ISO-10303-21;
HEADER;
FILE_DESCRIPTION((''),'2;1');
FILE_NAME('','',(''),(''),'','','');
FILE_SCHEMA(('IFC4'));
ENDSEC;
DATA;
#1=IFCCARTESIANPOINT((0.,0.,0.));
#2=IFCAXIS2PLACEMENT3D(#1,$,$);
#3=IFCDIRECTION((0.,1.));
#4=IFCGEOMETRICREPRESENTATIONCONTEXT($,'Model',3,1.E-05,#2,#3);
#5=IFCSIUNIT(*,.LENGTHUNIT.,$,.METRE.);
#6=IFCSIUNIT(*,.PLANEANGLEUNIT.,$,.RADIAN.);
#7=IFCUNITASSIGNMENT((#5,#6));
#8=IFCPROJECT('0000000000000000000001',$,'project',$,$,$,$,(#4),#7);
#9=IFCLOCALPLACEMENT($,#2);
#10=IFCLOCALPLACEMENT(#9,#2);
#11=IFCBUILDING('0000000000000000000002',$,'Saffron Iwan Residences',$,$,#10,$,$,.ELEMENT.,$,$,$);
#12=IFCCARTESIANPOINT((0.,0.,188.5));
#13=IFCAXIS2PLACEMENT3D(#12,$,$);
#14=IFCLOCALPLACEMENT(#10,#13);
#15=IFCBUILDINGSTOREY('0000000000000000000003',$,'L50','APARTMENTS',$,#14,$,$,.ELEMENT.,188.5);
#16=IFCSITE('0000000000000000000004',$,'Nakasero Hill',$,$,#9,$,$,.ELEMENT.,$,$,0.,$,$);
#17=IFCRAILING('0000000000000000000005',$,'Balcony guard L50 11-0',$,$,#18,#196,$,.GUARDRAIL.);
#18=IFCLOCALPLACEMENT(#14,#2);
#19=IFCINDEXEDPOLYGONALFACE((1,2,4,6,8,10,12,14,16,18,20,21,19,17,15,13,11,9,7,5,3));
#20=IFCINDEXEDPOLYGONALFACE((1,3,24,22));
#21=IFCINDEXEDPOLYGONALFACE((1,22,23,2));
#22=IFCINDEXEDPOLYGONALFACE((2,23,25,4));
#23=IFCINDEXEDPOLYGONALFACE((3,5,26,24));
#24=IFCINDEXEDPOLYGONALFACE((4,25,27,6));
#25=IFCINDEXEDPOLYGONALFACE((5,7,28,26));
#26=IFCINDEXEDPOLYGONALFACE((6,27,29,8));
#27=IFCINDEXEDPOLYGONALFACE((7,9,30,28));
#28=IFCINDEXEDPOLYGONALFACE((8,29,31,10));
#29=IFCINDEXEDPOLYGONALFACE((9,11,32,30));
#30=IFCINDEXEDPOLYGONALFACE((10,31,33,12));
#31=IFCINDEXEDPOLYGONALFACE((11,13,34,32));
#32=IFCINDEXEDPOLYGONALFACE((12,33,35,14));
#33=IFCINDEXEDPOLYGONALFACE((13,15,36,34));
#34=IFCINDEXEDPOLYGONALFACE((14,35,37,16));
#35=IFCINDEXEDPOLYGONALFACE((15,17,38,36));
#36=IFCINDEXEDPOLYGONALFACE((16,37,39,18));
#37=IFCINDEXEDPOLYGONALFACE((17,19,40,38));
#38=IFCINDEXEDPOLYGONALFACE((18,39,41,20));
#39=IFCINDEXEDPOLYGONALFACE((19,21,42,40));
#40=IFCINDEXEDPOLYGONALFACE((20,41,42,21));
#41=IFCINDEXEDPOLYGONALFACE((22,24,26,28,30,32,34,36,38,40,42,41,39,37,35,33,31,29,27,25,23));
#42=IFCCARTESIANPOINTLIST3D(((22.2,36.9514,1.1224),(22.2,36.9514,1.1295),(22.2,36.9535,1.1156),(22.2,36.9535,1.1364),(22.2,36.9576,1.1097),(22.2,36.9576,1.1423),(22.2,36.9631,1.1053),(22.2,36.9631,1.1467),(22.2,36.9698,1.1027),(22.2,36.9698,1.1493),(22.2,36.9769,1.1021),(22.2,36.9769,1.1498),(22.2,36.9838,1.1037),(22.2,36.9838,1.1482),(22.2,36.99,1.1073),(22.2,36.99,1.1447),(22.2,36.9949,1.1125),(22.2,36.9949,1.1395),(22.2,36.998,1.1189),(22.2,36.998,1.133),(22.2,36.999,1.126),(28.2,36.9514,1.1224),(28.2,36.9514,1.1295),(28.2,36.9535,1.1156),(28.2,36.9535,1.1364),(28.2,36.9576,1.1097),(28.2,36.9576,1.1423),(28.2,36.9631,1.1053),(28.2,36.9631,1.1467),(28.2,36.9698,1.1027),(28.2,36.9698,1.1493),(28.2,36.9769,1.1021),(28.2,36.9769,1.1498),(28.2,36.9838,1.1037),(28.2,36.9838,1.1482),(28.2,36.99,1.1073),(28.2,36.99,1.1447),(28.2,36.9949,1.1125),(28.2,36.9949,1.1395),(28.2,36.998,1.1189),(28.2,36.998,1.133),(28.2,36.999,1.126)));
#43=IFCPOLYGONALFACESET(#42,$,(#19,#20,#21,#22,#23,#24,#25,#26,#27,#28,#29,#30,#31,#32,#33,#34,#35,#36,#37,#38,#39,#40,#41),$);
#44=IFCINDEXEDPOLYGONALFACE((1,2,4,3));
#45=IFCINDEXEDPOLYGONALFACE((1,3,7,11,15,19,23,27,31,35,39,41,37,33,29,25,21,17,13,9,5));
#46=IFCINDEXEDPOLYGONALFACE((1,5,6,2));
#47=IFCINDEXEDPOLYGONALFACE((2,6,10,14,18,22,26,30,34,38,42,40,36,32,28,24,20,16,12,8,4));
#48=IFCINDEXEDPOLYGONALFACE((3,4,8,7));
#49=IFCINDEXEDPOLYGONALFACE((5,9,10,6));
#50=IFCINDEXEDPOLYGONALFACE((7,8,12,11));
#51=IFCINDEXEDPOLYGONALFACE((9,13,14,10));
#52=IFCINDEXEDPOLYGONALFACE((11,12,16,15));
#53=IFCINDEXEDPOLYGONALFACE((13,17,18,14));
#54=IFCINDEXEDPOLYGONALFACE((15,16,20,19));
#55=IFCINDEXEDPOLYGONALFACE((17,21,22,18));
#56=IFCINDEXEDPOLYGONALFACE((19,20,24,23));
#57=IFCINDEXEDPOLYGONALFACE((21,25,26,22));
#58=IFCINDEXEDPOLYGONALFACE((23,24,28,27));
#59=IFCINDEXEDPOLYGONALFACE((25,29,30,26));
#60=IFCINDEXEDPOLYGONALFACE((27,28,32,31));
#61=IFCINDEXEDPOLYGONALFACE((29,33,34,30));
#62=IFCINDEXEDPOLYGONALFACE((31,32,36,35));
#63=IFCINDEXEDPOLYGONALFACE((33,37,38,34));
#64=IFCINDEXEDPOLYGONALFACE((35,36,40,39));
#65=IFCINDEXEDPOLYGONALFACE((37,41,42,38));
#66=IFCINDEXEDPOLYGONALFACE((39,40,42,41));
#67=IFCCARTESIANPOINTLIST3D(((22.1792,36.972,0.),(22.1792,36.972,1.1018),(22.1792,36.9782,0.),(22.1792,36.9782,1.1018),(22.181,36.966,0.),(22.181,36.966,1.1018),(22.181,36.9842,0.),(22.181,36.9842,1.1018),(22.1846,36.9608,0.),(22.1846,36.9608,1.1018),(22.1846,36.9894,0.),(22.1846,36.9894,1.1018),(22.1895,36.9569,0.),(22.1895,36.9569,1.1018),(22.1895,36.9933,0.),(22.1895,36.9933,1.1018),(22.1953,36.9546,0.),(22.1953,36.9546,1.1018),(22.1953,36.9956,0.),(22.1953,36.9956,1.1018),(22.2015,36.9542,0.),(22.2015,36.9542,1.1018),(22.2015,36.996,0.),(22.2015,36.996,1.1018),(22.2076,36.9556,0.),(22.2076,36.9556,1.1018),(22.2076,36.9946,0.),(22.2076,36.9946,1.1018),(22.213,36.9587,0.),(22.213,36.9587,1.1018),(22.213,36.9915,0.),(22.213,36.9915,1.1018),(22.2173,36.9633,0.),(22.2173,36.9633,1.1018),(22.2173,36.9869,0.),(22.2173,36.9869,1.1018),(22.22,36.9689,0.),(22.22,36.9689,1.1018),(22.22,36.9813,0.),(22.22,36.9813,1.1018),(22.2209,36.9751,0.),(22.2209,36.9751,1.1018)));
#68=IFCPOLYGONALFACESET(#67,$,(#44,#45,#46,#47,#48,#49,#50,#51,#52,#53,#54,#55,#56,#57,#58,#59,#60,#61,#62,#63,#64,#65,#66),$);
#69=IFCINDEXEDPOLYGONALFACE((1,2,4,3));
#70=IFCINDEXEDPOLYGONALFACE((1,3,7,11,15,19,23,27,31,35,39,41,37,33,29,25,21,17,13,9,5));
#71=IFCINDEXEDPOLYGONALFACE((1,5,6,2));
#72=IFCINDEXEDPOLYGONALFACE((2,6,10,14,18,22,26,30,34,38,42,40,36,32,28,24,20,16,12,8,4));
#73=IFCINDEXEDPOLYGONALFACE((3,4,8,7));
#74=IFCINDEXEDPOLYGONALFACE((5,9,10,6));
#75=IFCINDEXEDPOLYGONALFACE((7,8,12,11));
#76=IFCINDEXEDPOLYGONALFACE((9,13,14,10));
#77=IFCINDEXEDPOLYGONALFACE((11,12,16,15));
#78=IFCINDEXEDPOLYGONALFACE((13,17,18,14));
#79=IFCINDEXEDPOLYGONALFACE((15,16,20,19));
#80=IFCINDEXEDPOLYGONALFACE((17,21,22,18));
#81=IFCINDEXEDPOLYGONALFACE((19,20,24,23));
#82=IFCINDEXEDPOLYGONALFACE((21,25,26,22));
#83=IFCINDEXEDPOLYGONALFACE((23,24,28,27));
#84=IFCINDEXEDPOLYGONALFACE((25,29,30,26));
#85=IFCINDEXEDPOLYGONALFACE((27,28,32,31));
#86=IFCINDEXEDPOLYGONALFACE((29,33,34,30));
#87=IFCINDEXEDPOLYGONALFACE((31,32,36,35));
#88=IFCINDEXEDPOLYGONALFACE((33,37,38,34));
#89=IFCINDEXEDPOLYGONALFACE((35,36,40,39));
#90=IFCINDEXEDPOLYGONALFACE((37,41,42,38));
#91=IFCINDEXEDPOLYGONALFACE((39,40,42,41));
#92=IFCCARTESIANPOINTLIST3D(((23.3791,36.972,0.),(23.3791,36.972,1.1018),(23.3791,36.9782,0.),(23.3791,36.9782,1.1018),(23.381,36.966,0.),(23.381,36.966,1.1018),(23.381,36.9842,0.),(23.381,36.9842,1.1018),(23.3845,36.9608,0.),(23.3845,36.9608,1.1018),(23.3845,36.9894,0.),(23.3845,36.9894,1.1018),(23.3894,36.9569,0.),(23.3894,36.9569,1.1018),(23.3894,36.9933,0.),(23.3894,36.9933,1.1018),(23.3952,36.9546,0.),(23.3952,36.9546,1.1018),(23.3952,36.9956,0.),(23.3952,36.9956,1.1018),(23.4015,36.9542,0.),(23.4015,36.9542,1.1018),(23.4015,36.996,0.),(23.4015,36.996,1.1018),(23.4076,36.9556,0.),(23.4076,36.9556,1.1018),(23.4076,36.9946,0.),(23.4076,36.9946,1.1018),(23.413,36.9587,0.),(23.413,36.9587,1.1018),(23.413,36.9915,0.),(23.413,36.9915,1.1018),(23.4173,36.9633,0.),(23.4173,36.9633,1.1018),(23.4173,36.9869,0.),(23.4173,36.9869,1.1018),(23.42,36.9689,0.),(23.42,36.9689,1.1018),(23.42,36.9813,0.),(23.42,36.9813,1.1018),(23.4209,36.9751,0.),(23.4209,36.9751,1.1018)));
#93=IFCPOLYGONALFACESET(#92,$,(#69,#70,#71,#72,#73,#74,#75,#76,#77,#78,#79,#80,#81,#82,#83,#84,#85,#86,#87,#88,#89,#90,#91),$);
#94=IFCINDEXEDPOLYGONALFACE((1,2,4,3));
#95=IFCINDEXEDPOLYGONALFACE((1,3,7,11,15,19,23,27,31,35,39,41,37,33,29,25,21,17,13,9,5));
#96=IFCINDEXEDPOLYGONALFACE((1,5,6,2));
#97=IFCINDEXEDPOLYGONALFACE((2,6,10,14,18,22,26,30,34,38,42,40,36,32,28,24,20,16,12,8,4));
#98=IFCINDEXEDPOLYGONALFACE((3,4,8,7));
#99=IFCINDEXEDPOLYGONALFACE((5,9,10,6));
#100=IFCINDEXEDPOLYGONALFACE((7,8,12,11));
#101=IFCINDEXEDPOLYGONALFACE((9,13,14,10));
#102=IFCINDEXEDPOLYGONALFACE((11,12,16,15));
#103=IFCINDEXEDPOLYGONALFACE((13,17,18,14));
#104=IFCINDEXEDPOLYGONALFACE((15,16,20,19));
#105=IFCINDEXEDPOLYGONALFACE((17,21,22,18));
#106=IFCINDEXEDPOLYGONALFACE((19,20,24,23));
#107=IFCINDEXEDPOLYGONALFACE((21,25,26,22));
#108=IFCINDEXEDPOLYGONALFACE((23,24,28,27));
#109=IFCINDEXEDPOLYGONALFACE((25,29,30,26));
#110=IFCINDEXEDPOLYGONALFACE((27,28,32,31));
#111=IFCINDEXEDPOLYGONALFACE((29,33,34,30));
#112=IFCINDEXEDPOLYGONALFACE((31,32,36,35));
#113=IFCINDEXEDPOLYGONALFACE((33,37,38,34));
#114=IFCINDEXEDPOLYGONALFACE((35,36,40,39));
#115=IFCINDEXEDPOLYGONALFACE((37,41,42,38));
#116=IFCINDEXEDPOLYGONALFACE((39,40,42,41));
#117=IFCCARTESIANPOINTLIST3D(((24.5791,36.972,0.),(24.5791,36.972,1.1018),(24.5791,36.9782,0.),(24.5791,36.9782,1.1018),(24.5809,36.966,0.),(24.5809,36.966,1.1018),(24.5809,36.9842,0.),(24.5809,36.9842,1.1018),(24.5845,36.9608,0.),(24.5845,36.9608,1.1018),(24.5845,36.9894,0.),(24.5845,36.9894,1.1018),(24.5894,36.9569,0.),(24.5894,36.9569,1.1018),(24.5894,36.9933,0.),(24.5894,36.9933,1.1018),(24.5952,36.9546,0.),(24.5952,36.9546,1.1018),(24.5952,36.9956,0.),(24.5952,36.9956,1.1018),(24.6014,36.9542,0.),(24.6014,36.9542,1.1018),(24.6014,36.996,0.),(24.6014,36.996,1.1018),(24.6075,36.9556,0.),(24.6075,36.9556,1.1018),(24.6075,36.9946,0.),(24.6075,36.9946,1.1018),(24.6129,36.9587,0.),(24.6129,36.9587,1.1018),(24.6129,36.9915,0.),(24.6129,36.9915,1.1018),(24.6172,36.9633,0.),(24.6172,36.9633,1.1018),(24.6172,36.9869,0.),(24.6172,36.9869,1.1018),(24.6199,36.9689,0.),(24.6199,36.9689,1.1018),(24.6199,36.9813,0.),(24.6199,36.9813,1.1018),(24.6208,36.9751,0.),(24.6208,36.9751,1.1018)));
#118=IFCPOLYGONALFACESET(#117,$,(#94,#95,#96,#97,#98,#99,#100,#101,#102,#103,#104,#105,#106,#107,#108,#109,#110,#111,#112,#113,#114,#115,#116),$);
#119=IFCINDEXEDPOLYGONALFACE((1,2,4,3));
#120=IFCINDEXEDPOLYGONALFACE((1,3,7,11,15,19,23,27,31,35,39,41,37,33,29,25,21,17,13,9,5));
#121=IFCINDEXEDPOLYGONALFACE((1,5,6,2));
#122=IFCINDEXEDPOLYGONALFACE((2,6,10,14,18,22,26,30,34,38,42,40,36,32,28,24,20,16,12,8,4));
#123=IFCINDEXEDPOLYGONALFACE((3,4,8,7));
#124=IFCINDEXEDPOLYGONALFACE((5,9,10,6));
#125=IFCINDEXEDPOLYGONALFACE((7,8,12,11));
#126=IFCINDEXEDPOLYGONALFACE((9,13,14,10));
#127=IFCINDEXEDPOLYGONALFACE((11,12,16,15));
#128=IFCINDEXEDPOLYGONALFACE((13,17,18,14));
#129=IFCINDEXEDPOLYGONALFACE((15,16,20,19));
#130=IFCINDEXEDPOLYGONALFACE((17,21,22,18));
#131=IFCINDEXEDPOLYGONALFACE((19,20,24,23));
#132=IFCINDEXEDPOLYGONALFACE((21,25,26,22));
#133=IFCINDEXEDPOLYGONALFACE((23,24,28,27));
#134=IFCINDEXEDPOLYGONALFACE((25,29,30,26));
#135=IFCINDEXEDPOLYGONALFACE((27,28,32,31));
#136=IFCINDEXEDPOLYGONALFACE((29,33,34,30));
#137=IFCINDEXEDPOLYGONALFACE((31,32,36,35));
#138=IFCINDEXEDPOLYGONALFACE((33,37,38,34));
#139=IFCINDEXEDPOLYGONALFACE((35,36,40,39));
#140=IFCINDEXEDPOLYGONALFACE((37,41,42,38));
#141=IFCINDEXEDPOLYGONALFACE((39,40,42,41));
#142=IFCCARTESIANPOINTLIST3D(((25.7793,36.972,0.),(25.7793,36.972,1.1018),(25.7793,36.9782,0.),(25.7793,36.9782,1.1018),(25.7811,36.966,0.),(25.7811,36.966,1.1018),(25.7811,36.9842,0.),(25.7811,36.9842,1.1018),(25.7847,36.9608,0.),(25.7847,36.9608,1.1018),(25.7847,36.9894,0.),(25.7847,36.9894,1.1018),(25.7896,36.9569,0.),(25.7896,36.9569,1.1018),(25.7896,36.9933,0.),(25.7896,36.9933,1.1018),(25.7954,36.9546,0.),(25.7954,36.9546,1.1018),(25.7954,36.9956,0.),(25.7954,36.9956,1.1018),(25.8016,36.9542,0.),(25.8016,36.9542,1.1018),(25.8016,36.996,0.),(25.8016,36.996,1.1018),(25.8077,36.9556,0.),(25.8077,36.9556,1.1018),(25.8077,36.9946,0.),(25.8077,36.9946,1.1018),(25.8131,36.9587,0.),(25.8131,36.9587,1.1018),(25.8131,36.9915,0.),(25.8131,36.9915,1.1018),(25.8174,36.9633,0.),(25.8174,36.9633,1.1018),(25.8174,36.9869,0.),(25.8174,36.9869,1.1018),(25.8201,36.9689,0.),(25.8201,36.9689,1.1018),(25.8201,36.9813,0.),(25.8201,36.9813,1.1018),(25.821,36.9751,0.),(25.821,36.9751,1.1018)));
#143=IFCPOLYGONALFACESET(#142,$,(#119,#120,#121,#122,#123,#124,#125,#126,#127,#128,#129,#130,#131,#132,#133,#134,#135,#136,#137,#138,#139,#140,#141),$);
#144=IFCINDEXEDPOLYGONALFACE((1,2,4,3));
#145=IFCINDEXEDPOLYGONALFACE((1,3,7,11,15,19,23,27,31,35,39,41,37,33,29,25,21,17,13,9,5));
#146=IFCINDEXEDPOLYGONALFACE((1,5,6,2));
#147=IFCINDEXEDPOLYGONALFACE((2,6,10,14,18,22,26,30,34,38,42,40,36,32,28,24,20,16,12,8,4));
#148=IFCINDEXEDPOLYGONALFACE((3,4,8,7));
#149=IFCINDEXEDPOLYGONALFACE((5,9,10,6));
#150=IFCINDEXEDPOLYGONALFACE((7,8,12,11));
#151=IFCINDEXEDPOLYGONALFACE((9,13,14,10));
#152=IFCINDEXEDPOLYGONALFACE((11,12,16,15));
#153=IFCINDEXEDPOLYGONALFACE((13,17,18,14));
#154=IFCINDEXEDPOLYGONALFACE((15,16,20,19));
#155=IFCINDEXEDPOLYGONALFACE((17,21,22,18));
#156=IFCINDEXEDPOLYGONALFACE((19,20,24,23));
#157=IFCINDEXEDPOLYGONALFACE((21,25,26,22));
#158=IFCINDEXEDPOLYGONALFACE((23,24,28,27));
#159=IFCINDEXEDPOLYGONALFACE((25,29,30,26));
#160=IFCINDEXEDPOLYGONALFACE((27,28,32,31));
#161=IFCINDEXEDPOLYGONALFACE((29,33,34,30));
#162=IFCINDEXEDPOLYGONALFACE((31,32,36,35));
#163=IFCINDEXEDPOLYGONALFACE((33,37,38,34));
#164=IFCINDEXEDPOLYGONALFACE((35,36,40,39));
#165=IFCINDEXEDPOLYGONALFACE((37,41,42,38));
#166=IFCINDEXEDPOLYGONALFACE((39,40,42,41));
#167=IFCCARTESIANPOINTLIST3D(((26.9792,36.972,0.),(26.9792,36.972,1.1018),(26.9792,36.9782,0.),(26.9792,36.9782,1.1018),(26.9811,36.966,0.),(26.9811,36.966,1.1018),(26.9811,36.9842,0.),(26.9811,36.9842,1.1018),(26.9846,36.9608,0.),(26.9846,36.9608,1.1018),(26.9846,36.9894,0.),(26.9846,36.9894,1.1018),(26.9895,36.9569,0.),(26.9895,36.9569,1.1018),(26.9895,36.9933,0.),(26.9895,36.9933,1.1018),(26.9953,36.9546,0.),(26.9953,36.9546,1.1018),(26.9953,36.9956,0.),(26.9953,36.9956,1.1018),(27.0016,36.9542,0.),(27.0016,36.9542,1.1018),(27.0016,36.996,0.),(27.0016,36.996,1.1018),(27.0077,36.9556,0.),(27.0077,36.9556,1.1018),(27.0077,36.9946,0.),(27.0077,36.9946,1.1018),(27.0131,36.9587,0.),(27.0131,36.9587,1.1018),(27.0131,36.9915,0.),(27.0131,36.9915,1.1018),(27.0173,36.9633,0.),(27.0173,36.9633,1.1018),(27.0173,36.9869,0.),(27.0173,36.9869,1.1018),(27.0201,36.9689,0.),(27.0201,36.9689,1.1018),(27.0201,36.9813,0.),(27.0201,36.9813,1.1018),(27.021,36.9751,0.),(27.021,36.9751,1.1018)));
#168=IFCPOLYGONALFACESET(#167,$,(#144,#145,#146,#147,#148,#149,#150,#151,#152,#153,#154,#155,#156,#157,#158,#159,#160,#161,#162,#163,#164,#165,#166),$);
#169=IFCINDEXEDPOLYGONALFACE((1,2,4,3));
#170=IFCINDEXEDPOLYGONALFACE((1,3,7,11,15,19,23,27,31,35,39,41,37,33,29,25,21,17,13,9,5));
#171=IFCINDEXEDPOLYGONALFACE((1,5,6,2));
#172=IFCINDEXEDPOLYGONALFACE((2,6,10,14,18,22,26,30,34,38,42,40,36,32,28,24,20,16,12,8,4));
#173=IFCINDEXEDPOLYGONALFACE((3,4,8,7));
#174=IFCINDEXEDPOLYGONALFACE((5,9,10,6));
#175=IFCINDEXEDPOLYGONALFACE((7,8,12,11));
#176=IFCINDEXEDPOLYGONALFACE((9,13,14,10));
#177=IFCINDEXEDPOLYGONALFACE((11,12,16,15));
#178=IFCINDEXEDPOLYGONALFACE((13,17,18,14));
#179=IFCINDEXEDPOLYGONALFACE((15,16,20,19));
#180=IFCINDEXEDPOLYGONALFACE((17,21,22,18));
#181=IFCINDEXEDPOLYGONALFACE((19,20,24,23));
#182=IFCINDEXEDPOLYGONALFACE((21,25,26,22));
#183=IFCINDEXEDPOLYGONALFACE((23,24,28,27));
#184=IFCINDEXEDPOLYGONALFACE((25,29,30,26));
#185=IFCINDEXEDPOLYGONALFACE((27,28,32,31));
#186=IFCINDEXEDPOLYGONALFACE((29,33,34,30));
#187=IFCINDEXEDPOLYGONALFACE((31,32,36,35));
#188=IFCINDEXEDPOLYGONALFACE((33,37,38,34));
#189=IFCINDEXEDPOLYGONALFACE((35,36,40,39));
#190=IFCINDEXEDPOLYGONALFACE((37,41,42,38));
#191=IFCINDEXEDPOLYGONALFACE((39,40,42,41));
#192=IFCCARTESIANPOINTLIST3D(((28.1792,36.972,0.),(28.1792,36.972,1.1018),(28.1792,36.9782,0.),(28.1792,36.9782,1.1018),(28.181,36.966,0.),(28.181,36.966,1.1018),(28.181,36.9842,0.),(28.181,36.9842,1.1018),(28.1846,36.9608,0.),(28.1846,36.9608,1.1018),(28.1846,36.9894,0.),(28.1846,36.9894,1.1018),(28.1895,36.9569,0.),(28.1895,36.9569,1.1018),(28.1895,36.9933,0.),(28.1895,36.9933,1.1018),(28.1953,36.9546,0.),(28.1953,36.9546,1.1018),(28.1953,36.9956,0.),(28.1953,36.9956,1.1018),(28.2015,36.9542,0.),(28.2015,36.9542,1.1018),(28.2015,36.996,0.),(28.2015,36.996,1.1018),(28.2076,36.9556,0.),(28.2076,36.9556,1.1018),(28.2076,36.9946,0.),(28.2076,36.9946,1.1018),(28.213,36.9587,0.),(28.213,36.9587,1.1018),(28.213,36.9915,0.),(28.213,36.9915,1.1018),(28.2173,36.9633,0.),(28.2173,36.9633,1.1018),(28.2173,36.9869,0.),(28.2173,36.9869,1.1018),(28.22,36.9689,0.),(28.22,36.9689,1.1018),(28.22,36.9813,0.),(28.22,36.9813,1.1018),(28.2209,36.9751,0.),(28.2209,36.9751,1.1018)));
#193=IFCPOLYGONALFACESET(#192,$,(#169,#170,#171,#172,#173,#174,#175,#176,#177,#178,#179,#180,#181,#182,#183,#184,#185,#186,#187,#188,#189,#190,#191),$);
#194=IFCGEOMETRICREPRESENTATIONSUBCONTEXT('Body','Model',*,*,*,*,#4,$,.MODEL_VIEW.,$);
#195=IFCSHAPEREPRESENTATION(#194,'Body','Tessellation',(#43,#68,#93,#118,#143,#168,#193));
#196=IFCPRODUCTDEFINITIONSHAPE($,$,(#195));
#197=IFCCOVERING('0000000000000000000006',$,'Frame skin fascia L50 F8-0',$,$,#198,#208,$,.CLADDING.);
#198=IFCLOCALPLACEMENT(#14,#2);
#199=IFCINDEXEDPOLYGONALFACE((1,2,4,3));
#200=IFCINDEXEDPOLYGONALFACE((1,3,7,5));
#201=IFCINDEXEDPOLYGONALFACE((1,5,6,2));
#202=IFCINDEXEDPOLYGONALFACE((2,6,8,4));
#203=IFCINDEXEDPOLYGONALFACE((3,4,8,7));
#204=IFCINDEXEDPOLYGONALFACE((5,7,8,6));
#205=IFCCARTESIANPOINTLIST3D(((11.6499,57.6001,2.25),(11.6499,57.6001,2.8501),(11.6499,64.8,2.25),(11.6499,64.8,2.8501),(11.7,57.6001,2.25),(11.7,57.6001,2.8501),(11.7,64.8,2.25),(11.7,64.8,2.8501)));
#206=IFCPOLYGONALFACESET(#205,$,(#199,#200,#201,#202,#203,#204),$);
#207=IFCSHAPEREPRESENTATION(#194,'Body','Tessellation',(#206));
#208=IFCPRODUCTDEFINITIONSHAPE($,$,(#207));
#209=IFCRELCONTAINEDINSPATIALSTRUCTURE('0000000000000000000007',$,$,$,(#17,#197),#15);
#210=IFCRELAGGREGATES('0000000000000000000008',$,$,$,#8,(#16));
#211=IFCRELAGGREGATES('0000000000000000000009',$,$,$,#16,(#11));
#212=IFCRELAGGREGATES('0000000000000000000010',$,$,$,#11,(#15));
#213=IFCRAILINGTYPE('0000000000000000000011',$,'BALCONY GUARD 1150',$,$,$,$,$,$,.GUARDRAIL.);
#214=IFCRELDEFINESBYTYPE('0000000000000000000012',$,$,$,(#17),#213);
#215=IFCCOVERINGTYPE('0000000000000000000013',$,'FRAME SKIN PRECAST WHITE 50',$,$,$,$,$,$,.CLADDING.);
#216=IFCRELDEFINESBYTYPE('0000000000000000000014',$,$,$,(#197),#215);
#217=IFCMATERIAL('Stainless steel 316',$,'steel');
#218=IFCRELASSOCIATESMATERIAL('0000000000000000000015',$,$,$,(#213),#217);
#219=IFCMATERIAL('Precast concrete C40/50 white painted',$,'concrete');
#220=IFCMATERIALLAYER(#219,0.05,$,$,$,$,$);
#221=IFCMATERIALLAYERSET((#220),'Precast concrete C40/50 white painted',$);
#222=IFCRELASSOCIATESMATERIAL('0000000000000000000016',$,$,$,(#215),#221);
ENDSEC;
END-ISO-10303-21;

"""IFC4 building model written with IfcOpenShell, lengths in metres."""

from ifc_helpers import new_model, si_unit, direction, frame, origin, origin_2d, place, context, subcontext, project, spatial, polyline, circle, outline, extrude, material, layer, layer_set, type_object, element, save


model = new_model("IFC4")

# Units and contexts
model_context = context("Model", 3, precision=1e-05, world=origin(), true_north=direction((0.0, 1.0)))
body_context = subcontext(model_context, "Body", "Model", "MODEL_VIEW")
ifc_project = project(units=[si_unit("LENGTHUNIT", "METRE"), si_unit("PLANEANGLEUNIT", "RADIAN")], contexts=[model_context])

# Site, building, storey
site_placement = place(None, origin())
site = spatial("IfcSite", under=ifc_project, at=site_placement, Name="Nakasero Hill", CompositionType="ELEMENT", RefElevation=0.0)
building_placement = place(site_placement, origin())
building = spatial("IfcBuilding", under=site, at=building_placement, Name="Saffron Iwan Residences", CompositionType="ELEMENT")
storey_placement = place(building_placement, frame((0.0, 0.0, 188.5)))
storey = spatial("IfcBuildingStorey", under=building, at=storey_placement, Name="L50", Description="APARTMENTS", CompositionType="ELEMENT", Elevation=188.5)

# Railing
ifc_material_1 = material(Name="Stainless steel 316", Category="steel")
railing_type = type_object("IfcRailingType", Name="BALCONY GUARD 1150", PredefinedType="GUARDRAIL", material=ifc_material_1)
railing_placement = place(storey_placement, frame((22.2, 36.9751, 0.0)))
element("IfcRailing", 1, at=railing_placement, inside=storey, type_object=railing_type, Name="Balcony guard L50 11-0", PredefinedType="GUARDRAIL", context=body_context, shape_type="SweptSolid", body=[
    extrude(circle(Radius=0.0239, at=origin_2d()), frame((0.0, 0.0, 1.126), z_axis=(1.0, 0.0, 0.0), x_axis=(0.0, 1.0, 0.0)), (0.0, 0.0, 1.0), 6.0),
    extrude(circle(Radius=0.021, at=origin_2d()), origin(), (0.0, 0.0, 1.0), 1.1018),
    extrude(circle(Radius=0.021, at=origin_2d()), frame((1.2, 0.0, 0.0)), (0.0, 0.0, 1.0), 1.1018),
    extrude(circle(Radius=0.021, at=origin_2d()), frame((2.3999, 0.0, 0.0)), (0.0, 0.0, 1.0), 1.1018),
    extrude(circle(Radius=0.021, at=origin_2d()), frame((3.6001, 0.0, 0.0)), (0.0, 0.0, 1.0), 1.1018),
    extrude(circle(Radius=0.021, at=origin_2d()), frame((4.8, 0.0, 0.0)), (0.0, 0.0, 1.0), 1.1018),
    extrude(circle(Radius=0.021, at=origin_2d()), frame((6.0, 0.0, 0.0)), (0.0, 0.0, 1.0), 1.1018),
])

# Covering
ifc_material_2 = material(Name="Precast concrete C40/50 white painted", Category="concrete")
ifc_layer_1 = layer(ifc_material_2, 0.05)
ifc_layer_set_1 = layer_set([ifc_layer_1], Name="Precast concrete C40/50 white painted")
covering_type = type_object("IfcCoveringType", Name="FRAME SKIN PRECAST WHITE 50", PredefinedType="CLADDING", material=ifc_layer_set_1)
covering_1_placement = place(storey_placement, frame((0.0, 0.0, 2.25)))
element("IfcCovering", 2, at=covering_1_placement, inside=storey, type_object=covering_type, Name="Frame skin fascia L50 F8-0", PredefinedType="CLADDING", context=body_context, shape_type="SweptSolid", body=[
    extrude(outline(polyline([(11.6499, 64.8), (11.6499, 57.6001), (11.7, 57.6001), (11.7, 64.8), (11.6499, 64.8)])), origin(), (0.0, 0.0, 1.0), 0.6001),
])

save(model, "model.ifc")
